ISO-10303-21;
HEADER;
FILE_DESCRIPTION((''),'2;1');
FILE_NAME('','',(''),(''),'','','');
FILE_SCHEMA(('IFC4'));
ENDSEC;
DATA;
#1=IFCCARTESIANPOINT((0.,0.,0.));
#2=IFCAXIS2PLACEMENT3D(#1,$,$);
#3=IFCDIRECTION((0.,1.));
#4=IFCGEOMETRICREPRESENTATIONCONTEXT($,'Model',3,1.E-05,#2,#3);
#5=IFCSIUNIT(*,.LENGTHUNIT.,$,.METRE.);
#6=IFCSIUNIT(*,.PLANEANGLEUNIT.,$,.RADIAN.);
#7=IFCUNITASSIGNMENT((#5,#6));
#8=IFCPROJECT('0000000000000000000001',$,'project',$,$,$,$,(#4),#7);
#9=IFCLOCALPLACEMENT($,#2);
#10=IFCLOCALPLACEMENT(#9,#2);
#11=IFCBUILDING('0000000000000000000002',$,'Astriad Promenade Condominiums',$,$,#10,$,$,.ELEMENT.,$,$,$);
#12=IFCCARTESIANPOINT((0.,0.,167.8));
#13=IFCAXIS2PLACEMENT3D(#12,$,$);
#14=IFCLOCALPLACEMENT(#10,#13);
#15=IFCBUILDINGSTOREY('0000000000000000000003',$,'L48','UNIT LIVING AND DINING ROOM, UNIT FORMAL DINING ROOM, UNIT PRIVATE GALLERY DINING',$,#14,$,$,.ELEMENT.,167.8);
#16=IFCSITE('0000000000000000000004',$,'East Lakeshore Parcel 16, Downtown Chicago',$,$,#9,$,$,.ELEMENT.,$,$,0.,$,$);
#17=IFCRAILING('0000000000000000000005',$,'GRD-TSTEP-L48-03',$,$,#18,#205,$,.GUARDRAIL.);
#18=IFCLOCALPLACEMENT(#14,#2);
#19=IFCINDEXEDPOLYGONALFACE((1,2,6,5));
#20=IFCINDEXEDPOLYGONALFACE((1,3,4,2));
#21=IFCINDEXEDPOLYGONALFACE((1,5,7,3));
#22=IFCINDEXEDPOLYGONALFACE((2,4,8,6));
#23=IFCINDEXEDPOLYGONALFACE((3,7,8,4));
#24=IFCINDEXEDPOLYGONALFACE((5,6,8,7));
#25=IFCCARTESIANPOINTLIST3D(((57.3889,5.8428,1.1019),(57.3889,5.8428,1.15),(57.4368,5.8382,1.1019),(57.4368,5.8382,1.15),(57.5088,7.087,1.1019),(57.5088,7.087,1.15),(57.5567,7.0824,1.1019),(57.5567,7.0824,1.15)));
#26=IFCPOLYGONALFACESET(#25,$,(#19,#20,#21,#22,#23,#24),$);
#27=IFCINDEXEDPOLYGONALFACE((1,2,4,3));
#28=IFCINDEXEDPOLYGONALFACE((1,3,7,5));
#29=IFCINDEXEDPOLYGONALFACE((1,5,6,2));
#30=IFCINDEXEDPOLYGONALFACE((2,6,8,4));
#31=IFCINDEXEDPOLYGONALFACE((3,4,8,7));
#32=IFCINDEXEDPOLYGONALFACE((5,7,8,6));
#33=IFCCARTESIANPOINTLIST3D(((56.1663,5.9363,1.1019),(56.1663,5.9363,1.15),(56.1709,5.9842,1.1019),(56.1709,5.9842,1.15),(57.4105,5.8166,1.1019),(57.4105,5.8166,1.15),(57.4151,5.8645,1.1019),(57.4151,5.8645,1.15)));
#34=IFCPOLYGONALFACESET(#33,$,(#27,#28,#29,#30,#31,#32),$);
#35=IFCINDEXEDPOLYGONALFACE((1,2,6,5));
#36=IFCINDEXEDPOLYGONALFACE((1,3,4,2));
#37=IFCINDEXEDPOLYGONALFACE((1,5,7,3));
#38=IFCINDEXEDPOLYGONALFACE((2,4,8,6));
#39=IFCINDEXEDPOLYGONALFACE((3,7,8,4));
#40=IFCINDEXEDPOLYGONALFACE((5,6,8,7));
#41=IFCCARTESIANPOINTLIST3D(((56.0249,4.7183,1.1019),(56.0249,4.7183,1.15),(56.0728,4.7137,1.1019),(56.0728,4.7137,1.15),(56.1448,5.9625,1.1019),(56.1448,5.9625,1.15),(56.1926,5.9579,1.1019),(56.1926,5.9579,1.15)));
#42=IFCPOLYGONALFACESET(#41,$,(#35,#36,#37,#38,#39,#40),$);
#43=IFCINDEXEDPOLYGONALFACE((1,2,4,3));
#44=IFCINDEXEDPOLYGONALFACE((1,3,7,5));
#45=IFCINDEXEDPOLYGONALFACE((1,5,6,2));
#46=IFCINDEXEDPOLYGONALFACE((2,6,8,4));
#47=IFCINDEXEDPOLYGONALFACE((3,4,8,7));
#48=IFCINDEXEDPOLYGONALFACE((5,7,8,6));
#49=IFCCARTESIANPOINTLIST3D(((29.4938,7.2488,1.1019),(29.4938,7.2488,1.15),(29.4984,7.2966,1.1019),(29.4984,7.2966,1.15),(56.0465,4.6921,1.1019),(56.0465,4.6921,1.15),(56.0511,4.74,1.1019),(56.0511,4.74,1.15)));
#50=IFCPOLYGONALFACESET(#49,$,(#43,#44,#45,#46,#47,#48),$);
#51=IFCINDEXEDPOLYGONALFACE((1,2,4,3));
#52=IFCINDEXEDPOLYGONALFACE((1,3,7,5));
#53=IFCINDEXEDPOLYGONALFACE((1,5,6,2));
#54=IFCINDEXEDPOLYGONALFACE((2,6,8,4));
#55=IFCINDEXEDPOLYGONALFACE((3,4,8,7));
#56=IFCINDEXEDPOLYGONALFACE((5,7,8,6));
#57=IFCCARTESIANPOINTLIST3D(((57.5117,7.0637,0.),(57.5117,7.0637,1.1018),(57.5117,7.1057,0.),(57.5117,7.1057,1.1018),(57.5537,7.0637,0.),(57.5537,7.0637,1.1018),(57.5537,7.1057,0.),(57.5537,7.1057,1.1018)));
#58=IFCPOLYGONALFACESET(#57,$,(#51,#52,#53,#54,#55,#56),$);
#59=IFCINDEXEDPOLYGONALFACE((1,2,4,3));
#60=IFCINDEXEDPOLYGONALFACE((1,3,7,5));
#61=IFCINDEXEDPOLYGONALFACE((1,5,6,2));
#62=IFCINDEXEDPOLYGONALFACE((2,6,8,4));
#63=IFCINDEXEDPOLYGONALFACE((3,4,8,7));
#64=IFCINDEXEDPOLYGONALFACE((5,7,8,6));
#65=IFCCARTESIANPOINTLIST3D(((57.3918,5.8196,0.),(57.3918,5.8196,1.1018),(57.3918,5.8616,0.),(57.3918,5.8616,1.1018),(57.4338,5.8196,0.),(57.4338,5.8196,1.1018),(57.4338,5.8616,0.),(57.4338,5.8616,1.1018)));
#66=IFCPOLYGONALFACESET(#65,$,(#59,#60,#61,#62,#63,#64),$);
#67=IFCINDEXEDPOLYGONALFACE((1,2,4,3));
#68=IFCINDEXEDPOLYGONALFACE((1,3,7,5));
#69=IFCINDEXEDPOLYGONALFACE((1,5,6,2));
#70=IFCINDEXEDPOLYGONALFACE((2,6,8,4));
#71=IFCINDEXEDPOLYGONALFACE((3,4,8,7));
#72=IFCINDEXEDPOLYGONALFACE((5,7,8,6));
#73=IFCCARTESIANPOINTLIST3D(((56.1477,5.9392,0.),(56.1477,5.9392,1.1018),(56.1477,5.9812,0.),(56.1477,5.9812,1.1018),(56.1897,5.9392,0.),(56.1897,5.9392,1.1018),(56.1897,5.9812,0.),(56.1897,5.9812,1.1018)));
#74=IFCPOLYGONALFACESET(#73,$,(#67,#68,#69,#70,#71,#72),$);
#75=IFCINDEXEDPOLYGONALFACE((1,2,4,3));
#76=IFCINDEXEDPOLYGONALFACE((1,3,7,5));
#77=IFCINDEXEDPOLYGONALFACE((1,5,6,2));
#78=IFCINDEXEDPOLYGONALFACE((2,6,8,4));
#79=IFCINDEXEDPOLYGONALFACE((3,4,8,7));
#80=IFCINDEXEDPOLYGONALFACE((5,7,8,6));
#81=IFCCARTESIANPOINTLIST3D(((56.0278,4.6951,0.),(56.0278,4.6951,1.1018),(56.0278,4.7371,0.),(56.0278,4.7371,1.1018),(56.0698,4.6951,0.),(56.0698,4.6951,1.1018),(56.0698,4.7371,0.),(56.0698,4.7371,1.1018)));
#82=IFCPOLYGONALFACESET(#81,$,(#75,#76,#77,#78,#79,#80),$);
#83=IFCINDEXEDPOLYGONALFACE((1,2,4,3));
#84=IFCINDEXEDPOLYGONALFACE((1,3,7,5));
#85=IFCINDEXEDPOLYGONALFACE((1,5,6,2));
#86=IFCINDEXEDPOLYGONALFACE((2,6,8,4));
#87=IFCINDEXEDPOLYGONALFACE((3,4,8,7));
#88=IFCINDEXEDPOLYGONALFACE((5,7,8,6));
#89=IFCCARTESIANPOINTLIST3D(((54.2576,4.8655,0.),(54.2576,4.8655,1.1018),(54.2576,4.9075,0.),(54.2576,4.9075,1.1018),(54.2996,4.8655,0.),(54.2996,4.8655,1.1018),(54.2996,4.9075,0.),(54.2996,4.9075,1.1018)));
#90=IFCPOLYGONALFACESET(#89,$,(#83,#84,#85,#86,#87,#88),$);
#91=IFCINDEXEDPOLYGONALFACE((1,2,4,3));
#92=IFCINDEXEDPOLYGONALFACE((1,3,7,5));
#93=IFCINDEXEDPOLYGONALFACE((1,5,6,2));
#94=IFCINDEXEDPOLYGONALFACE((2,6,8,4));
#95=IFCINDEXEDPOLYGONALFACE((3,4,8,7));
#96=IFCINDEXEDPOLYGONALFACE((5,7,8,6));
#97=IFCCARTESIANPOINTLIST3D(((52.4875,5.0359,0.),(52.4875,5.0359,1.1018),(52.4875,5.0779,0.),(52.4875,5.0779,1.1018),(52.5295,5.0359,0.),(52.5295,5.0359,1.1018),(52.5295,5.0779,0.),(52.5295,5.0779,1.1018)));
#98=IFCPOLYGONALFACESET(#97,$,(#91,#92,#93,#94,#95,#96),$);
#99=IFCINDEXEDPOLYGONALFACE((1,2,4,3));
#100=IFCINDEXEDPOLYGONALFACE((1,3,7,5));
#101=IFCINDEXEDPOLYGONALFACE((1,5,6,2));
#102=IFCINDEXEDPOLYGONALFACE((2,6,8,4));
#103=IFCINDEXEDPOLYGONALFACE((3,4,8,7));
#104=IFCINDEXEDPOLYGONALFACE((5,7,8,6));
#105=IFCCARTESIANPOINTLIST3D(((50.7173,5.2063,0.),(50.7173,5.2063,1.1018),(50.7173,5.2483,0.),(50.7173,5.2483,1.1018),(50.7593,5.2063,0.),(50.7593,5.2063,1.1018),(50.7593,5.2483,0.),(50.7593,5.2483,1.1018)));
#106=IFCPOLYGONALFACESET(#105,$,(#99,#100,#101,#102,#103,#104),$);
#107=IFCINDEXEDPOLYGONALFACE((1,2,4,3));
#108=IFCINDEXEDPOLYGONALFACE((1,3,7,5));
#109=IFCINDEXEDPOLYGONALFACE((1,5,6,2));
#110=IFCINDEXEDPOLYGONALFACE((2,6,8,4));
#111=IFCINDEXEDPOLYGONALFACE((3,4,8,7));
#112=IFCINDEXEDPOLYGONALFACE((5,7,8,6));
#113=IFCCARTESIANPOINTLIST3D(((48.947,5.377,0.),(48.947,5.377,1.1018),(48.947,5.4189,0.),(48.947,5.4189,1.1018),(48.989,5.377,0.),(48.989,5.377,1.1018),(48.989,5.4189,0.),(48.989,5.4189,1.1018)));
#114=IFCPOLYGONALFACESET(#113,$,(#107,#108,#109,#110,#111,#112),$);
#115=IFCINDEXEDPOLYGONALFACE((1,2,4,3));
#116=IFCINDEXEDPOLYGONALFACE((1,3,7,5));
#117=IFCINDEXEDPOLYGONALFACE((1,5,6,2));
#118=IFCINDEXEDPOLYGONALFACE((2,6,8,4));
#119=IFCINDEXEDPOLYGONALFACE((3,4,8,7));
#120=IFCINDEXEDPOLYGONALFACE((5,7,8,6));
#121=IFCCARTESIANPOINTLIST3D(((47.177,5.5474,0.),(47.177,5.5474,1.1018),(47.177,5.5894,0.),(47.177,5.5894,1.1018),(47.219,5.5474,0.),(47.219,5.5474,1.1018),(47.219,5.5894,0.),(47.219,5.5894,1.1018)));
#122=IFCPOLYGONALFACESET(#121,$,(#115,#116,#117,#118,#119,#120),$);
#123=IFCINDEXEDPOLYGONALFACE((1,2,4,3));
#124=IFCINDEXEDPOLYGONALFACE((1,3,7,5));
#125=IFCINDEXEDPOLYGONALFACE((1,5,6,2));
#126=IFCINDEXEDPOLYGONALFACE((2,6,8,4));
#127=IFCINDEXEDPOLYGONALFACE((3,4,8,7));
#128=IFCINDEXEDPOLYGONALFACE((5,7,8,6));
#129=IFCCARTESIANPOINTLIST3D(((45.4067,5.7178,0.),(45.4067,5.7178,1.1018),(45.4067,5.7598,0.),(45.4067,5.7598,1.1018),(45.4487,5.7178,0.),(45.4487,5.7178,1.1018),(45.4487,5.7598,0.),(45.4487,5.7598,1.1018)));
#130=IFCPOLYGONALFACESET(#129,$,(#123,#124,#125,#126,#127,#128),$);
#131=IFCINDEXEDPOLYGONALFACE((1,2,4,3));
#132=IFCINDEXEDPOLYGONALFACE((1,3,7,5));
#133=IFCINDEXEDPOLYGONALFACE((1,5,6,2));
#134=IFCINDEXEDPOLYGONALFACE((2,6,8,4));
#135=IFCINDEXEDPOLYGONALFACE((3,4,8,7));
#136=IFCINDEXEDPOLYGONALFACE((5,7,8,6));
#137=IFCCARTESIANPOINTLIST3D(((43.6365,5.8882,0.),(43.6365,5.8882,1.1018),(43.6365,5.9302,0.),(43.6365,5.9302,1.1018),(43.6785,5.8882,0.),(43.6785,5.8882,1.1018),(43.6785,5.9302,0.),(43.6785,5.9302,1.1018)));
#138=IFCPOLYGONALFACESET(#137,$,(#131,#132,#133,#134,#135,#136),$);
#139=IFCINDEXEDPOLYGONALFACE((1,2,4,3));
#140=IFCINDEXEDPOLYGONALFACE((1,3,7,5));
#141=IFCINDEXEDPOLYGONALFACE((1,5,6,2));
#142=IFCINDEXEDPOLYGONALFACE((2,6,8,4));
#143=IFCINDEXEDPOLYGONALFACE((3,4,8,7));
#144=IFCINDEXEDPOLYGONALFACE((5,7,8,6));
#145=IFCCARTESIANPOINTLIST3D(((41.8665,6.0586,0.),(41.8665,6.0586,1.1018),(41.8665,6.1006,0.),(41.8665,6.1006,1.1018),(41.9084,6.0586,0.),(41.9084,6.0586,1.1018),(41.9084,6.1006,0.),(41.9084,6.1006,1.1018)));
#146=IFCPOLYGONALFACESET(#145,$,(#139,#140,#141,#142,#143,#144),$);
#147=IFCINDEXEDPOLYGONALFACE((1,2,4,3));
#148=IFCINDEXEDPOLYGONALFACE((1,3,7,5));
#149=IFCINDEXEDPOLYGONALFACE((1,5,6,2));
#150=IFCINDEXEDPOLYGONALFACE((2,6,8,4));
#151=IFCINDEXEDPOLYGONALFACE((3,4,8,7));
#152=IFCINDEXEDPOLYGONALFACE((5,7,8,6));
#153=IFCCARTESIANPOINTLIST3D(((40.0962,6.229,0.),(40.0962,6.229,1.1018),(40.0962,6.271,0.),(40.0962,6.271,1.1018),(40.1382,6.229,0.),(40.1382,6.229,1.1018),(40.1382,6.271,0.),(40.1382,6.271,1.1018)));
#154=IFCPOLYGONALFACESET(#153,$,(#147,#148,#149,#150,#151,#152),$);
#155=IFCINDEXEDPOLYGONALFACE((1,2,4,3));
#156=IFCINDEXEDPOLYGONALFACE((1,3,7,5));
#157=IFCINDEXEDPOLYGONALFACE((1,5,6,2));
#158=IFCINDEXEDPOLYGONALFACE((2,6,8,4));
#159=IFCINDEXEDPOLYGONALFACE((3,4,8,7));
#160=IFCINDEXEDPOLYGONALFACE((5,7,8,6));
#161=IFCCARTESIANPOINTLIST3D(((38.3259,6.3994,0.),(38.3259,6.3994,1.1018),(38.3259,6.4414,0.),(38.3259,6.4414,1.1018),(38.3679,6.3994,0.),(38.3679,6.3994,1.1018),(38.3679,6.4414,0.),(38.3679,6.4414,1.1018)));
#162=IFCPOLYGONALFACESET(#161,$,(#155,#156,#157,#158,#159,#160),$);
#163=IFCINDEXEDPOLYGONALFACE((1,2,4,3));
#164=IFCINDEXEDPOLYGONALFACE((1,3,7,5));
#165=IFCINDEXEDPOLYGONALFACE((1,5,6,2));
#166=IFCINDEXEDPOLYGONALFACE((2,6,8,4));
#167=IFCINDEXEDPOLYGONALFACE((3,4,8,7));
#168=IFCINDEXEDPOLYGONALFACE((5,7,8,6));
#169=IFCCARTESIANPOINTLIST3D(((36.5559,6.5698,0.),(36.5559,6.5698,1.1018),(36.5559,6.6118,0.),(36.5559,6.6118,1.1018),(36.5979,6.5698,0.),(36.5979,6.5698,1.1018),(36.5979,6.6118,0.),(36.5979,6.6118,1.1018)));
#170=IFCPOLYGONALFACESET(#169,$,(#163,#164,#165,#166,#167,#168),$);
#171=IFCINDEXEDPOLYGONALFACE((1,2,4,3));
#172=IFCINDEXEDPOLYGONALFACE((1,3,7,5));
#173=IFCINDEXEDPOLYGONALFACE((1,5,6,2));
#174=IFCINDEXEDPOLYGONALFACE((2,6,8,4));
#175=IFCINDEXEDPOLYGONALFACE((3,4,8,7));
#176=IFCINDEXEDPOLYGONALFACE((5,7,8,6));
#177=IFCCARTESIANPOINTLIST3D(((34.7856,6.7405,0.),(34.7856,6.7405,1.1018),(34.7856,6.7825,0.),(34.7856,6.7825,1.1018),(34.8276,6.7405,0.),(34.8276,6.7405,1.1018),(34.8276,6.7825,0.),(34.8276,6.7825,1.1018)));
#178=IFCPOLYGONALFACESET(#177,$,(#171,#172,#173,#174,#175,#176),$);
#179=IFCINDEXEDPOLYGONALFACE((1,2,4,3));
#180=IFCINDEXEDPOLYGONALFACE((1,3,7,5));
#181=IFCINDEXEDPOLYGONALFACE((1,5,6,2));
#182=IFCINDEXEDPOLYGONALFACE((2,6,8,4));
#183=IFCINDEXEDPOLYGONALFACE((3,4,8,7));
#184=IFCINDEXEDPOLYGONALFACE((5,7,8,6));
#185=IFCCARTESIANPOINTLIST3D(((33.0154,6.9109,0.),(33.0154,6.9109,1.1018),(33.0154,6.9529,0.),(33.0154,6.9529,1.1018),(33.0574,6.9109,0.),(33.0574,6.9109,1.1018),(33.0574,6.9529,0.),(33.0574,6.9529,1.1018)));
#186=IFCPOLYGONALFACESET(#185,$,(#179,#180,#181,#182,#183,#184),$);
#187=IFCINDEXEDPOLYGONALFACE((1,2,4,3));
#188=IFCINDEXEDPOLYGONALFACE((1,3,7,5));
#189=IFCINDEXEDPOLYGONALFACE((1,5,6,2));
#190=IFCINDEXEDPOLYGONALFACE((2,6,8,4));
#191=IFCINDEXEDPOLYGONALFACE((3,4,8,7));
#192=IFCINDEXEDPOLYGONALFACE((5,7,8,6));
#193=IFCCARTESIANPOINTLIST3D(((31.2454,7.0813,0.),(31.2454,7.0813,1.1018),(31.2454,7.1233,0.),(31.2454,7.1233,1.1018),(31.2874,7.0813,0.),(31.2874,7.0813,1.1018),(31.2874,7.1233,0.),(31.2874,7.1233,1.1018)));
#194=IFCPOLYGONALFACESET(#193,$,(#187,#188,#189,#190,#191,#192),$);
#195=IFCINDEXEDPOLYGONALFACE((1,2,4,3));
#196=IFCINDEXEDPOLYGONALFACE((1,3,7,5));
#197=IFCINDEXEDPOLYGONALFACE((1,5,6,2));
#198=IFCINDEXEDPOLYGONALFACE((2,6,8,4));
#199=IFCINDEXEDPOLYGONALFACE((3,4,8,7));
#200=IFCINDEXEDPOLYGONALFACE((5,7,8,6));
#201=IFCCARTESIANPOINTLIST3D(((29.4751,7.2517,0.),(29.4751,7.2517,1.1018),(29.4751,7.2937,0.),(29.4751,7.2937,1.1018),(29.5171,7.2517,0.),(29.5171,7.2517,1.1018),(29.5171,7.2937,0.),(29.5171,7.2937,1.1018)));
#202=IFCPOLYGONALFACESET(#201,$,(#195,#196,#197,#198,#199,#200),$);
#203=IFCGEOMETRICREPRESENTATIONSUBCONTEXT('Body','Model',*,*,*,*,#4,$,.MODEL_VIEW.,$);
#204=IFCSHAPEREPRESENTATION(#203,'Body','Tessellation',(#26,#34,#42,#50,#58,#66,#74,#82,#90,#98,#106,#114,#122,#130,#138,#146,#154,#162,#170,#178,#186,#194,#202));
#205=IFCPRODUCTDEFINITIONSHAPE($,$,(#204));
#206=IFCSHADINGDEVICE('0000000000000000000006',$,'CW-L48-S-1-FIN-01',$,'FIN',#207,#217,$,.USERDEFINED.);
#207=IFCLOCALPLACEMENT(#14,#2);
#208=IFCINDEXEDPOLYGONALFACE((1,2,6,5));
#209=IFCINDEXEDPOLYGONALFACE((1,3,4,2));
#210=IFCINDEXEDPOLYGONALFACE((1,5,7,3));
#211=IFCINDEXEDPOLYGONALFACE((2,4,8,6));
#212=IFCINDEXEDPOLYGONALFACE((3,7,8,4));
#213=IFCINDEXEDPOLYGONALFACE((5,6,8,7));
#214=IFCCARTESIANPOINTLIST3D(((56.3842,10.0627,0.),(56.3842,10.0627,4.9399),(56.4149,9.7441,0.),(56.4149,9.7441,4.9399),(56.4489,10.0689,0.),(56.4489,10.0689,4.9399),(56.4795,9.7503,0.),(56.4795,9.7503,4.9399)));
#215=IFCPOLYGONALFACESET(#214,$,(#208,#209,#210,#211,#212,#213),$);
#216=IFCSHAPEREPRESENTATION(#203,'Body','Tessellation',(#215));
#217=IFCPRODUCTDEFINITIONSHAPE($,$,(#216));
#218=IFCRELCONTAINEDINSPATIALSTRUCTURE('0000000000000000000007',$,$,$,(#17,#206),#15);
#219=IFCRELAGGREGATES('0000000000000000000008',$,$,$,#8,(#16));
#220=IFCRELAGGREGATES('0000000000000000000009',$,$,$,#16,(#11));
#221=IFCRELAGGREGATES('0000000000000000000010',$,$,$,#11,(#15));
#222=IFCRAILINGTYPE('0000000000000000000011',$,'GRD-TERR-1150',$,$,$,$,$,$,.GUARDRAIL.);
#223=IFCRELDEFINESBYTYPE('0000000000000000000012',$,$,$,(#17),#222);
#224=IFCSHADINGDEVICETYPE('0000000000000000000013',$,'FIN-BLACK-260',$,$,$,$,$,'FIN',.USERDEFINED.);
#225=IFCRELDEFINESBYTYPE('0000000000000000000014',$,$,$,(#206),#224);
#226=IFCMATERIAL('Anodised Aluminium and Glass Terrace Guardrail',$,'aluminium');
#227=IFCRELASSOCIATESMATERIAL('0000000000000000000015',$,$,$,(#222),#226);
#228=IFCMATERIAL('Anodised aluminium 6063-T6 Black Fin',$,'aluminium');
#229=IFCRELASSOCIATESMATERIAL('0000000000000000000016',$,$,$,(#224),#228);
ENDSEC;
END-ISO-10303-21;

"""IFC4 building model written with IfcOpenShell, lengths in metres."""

from ifc_helpers import new_model, si_unit, direction, frame, origin, origin_2d, place, context, subcontext, project, spatial, rectangle, extrude, source, transform, mapped, material, type_object, type_shapes, element, save


model = new_model("IFC4")

# Units and contexts
model_context = context("Model", 3, precision=1e-05, world=origin(), true_north=direction((0.0, 1.0)))
body_context = subcontext(model_context, "Body", "Model", "MODEL_VIEW")
ifc_project = project(units=[si_unit("LENGTHUNIT", "METRE"), si_unit("PLANEANGLEUNIT", "RADIAN")], contexts=[model_context])

# Site, building, storey
site_placement = place(None, origin())
site = spatial("IfcSite", under=ifc_project, at=site_placement, Name="East Lakeshore Parcel 16, Downtown Chicago", CompositionType="ELEMENT", RefElevation=0.0)
building_placement = place(site_placement, origin())
building = spatial("IfcBuilding", under=site, at=building_placement, Name="Astriad Promenade Condominiums", CompositionType="ELEMENT")
storey_placement = place(building_placement, frame((0.0, 0.0, 167.8)))
storey = spatial("IfcBuildingStorey", under=building, at=storey_placement, Name="L48", Description="UNIT LIVING AND DINING ROOM, UNIT FORMAL DINING ROOM, UNIT PRIVATE GALLERY DINING", CompositionType="ELEMENT", Elevation=167.8)

# Railing
ifc_material_1 = material(Name="Anodised Aluminium and Glass Terrace Guardrail", Category="aluminium")
railing_type = type_object("IfcRailingType", Name="GRD-TERR-1150", PredefinedType="GUARDRAIL", material=ifc_material_1)
shared_shape_1 = source(origin(), body_context, "Body", "SweptSolid", [
    extrude(rectangle(XDim=0.0481, YDim=0.0481, at=origin_2d()), frame((0.0, 0.0, 1.126), z_axis=(-0.095906, -0.99539, 0.0), x_axis=(0.99539, -0.095906, 0.0)), (0.0, 0.0, 1.0), 1.25),
    extrude(rectangle(XDim=0.0481, YDim=0.0481, at=origin_2d()), frame((-0.1199, -1.2441, 1.126), z_axis=(-0.995409, 0.095712, 0.0), x_axis=(-0.095712, -0.995409, 0.0)), (0.0, 0.0, 1.0), 1.25),
    extrude(rectangle(XDim=0.0481, YDim=0.0481, at=origin_2d()), frame((-1.364, -1.1245, 1.126), z_axis=(-0.095906, -0.99539, 0.0), x_axis=(0.99539, -0.095906, 0.0)), (0.0, 0.0, 1.0), 1.25),
    extrude(rectangle(XDim=0.0481, YDim=0.0481, at=origin_2d()), frame((-1.4839, -2.3687, 1.126), z_axis=(-0.995397, 0.095842, 0.0), x_axis=(-0.095842, -0.995397, 0.0)), (0.0, 0.0, 1.0), 26.6755),
    extrude(rectangle(XDim=0.042, YDim=0.042, at=origin_2d()), origin(), (0.0, 0.0, 1.0), 1.1018),
    extrude(rectangle(XDim=0.042, YDim=0.042, at=origin_2d()), frame((-0.1199, -1.2441, 0.0)), (0.0, 0.0, 1.0), 1.1018),
    extrude(rectangle(XDim=0.042, YDim=0.042, at=origin_2d()), frame((-1.364, -1.1245, 0.0)), (0.0, 0.0, 1.0), 1.1018),
    extrude(rectangle(XDim=0.042, YDim=0.042, at=origin_2d()), frame((-1.4839, -2.3687, 0.0)), (0.0, 0.0, 1.0), 1.1018),
    extrude(rectangle(XDim=0.042, YDim=0.042, at=origin_2d()), frame((-3.2542, -2.1982, 0.0)), (0.0, 0.0, 1.0), 1.1018),
    extrude(rectangle(XDim=0.042, YDim=0.042, at=origin_2d()), frame((-5.0242, -2.0278, 0.0)), (0.0, 0.0, 1.0), 1.1018),
    extrude(rectangle(XDim=0.042, YDim=0.042, at=origin_2d()), frame((-6.7944, -1.8574, 0.0)), (0.0, 0.0, 1.0), 1.1018),
    extrude(rectangle(XDim=0.042, YDim=0.042, at=origin_2d()), frame((-8.5647, -1.6868, 0.0)), (0.0, 0.0, 1.0), 1.1018),
    extrude(rectangle(XDim=0.042, YDim=0.042, at=origin_2d()), frame((-10.3347, -1.5164, 0.0)), (0.0, 0.0, 1.0), 1.1018),
    extrude(rectangle(XDim=0.042, YDim=0.042, at=origin_2d()), frame((-12.105, -1.3459, 0.0)), (0.0, 0.0, 1.0), 1.1018),
    extrude(rectangle(XDim=0.042, YDim=0.042, at=origin_2d()), frame((-13.8752, -1.1755, 0.0)), (0.0, 0.0, 1.0), 1.1018),
    extrude(rectangle(XDim=0.042, YDim=0.042, at=origin_2d()), frame((-15.6453, -1.0051, 0.0)), (0.0, 0.0, 1.0), 1.1018),
    extrude(rectangle(XDim=0.042, YDim=0.042, at=origin_2d()), frame((-17.4155, -0.8347, 0.0)), (0.0, 0.0, 1.0), 1.1018),
    extrude(rectangle(XDim=0.042, YDim=0.042, at=origin_2d()), frame((-19.1858, -0.6643, 0.0)), (0.0, 0.0, 1.0), 1.1018),
    extrude(rectangle(XDim=0.042, YDim=0.042, at=origin_2d()), frame((-20.9558, -0.4939, 0.0)), (0.0, 0.0, 1.0), 1.1018),
    extrude(rectangle(XDim=0.042, YDim=0.042, at=origin_2d()), frame((-22.7261, -0.3232, 0.0)), (0.0, 0.0, 1.0), 1.1018),
    extrude(rectangle(XDim=0.042, YDim=0.042, at=origin_2d()), frame((-24.4963, -0.1528, 0.0)), (0.0, 0.0, 1.0), 1.1018),
    extrude(rectangle(XDim=0.042, YDim=0.042, at=origin_2d()), frame((-26.2664, 0.0176, 0.0)), (0.0, 0.0, 1.0), 1.1018),
    extrude(rectangle(XDim=0.042, YDim=0.042, at=origin_2d()), frame((-28.0366, 0.188, 0.0)), (0.0, 0.0, 1.0), 1.1018),
])
type_shapes(railing_type, [shared_shape_1])
railing_placement = place(storey_placement, frame((57.5327, 7.0847, 0.0)))
element("IfcRailing", 1, at=railing_placement, inside=storey, type_object=railing_type, Name="GRD-TSTEP-L48-03", PredefinedType="GUARDRAIL", context=body_context, shape_type="MappedRepresentation", body=[
    mapped(shared_shape_1, transform((0.0, 0.0, 0.0), scale=1.0)),
])

# Shading device
ifc_material_2 = material(Name="Anodised aluminium 6063-T6 Black Fin", Category="aluminium")
shading_device_type = type_object("IfcShadingDeviceType", Name="FIN-BLACK-260", ElementType="FIN", PredefinedType="USERDEFINED", material=ifc_material_2)
shared_shape_2 = source(origin(), body_context, "Body", "SweptSolid", [
    extrude(rectangle(XDim=0.0649, YDim=0.3201, at=origin_2d()), origin(), (0.0, 0.0, 1.0), 4.9399),
])
type_shapes(shading_device_type, [shared_shape_2])
shading_device_placement = place(storey_placement, frame((56.4319, 9.9065, 0.0), z_axis=(0.0, 0.0, 1.0), x_axis=(-0.995396, -0.095846, 0.0)))
element("IfcShadingDevice", 2, at=shading_device_placement, inside=storey, type_object=shading_device_type, Name="CW-L48-S-1-FIN-01", ObjectType="FIN", PredefinedType="USERDEFINED", context=body_context, shape_type="MappedRepresentation", body=[
    mapped(shared_shape_2, transform((0.0, 0.0, 0.0), scale=1.0)),
])

save(model, "model.ifc")
